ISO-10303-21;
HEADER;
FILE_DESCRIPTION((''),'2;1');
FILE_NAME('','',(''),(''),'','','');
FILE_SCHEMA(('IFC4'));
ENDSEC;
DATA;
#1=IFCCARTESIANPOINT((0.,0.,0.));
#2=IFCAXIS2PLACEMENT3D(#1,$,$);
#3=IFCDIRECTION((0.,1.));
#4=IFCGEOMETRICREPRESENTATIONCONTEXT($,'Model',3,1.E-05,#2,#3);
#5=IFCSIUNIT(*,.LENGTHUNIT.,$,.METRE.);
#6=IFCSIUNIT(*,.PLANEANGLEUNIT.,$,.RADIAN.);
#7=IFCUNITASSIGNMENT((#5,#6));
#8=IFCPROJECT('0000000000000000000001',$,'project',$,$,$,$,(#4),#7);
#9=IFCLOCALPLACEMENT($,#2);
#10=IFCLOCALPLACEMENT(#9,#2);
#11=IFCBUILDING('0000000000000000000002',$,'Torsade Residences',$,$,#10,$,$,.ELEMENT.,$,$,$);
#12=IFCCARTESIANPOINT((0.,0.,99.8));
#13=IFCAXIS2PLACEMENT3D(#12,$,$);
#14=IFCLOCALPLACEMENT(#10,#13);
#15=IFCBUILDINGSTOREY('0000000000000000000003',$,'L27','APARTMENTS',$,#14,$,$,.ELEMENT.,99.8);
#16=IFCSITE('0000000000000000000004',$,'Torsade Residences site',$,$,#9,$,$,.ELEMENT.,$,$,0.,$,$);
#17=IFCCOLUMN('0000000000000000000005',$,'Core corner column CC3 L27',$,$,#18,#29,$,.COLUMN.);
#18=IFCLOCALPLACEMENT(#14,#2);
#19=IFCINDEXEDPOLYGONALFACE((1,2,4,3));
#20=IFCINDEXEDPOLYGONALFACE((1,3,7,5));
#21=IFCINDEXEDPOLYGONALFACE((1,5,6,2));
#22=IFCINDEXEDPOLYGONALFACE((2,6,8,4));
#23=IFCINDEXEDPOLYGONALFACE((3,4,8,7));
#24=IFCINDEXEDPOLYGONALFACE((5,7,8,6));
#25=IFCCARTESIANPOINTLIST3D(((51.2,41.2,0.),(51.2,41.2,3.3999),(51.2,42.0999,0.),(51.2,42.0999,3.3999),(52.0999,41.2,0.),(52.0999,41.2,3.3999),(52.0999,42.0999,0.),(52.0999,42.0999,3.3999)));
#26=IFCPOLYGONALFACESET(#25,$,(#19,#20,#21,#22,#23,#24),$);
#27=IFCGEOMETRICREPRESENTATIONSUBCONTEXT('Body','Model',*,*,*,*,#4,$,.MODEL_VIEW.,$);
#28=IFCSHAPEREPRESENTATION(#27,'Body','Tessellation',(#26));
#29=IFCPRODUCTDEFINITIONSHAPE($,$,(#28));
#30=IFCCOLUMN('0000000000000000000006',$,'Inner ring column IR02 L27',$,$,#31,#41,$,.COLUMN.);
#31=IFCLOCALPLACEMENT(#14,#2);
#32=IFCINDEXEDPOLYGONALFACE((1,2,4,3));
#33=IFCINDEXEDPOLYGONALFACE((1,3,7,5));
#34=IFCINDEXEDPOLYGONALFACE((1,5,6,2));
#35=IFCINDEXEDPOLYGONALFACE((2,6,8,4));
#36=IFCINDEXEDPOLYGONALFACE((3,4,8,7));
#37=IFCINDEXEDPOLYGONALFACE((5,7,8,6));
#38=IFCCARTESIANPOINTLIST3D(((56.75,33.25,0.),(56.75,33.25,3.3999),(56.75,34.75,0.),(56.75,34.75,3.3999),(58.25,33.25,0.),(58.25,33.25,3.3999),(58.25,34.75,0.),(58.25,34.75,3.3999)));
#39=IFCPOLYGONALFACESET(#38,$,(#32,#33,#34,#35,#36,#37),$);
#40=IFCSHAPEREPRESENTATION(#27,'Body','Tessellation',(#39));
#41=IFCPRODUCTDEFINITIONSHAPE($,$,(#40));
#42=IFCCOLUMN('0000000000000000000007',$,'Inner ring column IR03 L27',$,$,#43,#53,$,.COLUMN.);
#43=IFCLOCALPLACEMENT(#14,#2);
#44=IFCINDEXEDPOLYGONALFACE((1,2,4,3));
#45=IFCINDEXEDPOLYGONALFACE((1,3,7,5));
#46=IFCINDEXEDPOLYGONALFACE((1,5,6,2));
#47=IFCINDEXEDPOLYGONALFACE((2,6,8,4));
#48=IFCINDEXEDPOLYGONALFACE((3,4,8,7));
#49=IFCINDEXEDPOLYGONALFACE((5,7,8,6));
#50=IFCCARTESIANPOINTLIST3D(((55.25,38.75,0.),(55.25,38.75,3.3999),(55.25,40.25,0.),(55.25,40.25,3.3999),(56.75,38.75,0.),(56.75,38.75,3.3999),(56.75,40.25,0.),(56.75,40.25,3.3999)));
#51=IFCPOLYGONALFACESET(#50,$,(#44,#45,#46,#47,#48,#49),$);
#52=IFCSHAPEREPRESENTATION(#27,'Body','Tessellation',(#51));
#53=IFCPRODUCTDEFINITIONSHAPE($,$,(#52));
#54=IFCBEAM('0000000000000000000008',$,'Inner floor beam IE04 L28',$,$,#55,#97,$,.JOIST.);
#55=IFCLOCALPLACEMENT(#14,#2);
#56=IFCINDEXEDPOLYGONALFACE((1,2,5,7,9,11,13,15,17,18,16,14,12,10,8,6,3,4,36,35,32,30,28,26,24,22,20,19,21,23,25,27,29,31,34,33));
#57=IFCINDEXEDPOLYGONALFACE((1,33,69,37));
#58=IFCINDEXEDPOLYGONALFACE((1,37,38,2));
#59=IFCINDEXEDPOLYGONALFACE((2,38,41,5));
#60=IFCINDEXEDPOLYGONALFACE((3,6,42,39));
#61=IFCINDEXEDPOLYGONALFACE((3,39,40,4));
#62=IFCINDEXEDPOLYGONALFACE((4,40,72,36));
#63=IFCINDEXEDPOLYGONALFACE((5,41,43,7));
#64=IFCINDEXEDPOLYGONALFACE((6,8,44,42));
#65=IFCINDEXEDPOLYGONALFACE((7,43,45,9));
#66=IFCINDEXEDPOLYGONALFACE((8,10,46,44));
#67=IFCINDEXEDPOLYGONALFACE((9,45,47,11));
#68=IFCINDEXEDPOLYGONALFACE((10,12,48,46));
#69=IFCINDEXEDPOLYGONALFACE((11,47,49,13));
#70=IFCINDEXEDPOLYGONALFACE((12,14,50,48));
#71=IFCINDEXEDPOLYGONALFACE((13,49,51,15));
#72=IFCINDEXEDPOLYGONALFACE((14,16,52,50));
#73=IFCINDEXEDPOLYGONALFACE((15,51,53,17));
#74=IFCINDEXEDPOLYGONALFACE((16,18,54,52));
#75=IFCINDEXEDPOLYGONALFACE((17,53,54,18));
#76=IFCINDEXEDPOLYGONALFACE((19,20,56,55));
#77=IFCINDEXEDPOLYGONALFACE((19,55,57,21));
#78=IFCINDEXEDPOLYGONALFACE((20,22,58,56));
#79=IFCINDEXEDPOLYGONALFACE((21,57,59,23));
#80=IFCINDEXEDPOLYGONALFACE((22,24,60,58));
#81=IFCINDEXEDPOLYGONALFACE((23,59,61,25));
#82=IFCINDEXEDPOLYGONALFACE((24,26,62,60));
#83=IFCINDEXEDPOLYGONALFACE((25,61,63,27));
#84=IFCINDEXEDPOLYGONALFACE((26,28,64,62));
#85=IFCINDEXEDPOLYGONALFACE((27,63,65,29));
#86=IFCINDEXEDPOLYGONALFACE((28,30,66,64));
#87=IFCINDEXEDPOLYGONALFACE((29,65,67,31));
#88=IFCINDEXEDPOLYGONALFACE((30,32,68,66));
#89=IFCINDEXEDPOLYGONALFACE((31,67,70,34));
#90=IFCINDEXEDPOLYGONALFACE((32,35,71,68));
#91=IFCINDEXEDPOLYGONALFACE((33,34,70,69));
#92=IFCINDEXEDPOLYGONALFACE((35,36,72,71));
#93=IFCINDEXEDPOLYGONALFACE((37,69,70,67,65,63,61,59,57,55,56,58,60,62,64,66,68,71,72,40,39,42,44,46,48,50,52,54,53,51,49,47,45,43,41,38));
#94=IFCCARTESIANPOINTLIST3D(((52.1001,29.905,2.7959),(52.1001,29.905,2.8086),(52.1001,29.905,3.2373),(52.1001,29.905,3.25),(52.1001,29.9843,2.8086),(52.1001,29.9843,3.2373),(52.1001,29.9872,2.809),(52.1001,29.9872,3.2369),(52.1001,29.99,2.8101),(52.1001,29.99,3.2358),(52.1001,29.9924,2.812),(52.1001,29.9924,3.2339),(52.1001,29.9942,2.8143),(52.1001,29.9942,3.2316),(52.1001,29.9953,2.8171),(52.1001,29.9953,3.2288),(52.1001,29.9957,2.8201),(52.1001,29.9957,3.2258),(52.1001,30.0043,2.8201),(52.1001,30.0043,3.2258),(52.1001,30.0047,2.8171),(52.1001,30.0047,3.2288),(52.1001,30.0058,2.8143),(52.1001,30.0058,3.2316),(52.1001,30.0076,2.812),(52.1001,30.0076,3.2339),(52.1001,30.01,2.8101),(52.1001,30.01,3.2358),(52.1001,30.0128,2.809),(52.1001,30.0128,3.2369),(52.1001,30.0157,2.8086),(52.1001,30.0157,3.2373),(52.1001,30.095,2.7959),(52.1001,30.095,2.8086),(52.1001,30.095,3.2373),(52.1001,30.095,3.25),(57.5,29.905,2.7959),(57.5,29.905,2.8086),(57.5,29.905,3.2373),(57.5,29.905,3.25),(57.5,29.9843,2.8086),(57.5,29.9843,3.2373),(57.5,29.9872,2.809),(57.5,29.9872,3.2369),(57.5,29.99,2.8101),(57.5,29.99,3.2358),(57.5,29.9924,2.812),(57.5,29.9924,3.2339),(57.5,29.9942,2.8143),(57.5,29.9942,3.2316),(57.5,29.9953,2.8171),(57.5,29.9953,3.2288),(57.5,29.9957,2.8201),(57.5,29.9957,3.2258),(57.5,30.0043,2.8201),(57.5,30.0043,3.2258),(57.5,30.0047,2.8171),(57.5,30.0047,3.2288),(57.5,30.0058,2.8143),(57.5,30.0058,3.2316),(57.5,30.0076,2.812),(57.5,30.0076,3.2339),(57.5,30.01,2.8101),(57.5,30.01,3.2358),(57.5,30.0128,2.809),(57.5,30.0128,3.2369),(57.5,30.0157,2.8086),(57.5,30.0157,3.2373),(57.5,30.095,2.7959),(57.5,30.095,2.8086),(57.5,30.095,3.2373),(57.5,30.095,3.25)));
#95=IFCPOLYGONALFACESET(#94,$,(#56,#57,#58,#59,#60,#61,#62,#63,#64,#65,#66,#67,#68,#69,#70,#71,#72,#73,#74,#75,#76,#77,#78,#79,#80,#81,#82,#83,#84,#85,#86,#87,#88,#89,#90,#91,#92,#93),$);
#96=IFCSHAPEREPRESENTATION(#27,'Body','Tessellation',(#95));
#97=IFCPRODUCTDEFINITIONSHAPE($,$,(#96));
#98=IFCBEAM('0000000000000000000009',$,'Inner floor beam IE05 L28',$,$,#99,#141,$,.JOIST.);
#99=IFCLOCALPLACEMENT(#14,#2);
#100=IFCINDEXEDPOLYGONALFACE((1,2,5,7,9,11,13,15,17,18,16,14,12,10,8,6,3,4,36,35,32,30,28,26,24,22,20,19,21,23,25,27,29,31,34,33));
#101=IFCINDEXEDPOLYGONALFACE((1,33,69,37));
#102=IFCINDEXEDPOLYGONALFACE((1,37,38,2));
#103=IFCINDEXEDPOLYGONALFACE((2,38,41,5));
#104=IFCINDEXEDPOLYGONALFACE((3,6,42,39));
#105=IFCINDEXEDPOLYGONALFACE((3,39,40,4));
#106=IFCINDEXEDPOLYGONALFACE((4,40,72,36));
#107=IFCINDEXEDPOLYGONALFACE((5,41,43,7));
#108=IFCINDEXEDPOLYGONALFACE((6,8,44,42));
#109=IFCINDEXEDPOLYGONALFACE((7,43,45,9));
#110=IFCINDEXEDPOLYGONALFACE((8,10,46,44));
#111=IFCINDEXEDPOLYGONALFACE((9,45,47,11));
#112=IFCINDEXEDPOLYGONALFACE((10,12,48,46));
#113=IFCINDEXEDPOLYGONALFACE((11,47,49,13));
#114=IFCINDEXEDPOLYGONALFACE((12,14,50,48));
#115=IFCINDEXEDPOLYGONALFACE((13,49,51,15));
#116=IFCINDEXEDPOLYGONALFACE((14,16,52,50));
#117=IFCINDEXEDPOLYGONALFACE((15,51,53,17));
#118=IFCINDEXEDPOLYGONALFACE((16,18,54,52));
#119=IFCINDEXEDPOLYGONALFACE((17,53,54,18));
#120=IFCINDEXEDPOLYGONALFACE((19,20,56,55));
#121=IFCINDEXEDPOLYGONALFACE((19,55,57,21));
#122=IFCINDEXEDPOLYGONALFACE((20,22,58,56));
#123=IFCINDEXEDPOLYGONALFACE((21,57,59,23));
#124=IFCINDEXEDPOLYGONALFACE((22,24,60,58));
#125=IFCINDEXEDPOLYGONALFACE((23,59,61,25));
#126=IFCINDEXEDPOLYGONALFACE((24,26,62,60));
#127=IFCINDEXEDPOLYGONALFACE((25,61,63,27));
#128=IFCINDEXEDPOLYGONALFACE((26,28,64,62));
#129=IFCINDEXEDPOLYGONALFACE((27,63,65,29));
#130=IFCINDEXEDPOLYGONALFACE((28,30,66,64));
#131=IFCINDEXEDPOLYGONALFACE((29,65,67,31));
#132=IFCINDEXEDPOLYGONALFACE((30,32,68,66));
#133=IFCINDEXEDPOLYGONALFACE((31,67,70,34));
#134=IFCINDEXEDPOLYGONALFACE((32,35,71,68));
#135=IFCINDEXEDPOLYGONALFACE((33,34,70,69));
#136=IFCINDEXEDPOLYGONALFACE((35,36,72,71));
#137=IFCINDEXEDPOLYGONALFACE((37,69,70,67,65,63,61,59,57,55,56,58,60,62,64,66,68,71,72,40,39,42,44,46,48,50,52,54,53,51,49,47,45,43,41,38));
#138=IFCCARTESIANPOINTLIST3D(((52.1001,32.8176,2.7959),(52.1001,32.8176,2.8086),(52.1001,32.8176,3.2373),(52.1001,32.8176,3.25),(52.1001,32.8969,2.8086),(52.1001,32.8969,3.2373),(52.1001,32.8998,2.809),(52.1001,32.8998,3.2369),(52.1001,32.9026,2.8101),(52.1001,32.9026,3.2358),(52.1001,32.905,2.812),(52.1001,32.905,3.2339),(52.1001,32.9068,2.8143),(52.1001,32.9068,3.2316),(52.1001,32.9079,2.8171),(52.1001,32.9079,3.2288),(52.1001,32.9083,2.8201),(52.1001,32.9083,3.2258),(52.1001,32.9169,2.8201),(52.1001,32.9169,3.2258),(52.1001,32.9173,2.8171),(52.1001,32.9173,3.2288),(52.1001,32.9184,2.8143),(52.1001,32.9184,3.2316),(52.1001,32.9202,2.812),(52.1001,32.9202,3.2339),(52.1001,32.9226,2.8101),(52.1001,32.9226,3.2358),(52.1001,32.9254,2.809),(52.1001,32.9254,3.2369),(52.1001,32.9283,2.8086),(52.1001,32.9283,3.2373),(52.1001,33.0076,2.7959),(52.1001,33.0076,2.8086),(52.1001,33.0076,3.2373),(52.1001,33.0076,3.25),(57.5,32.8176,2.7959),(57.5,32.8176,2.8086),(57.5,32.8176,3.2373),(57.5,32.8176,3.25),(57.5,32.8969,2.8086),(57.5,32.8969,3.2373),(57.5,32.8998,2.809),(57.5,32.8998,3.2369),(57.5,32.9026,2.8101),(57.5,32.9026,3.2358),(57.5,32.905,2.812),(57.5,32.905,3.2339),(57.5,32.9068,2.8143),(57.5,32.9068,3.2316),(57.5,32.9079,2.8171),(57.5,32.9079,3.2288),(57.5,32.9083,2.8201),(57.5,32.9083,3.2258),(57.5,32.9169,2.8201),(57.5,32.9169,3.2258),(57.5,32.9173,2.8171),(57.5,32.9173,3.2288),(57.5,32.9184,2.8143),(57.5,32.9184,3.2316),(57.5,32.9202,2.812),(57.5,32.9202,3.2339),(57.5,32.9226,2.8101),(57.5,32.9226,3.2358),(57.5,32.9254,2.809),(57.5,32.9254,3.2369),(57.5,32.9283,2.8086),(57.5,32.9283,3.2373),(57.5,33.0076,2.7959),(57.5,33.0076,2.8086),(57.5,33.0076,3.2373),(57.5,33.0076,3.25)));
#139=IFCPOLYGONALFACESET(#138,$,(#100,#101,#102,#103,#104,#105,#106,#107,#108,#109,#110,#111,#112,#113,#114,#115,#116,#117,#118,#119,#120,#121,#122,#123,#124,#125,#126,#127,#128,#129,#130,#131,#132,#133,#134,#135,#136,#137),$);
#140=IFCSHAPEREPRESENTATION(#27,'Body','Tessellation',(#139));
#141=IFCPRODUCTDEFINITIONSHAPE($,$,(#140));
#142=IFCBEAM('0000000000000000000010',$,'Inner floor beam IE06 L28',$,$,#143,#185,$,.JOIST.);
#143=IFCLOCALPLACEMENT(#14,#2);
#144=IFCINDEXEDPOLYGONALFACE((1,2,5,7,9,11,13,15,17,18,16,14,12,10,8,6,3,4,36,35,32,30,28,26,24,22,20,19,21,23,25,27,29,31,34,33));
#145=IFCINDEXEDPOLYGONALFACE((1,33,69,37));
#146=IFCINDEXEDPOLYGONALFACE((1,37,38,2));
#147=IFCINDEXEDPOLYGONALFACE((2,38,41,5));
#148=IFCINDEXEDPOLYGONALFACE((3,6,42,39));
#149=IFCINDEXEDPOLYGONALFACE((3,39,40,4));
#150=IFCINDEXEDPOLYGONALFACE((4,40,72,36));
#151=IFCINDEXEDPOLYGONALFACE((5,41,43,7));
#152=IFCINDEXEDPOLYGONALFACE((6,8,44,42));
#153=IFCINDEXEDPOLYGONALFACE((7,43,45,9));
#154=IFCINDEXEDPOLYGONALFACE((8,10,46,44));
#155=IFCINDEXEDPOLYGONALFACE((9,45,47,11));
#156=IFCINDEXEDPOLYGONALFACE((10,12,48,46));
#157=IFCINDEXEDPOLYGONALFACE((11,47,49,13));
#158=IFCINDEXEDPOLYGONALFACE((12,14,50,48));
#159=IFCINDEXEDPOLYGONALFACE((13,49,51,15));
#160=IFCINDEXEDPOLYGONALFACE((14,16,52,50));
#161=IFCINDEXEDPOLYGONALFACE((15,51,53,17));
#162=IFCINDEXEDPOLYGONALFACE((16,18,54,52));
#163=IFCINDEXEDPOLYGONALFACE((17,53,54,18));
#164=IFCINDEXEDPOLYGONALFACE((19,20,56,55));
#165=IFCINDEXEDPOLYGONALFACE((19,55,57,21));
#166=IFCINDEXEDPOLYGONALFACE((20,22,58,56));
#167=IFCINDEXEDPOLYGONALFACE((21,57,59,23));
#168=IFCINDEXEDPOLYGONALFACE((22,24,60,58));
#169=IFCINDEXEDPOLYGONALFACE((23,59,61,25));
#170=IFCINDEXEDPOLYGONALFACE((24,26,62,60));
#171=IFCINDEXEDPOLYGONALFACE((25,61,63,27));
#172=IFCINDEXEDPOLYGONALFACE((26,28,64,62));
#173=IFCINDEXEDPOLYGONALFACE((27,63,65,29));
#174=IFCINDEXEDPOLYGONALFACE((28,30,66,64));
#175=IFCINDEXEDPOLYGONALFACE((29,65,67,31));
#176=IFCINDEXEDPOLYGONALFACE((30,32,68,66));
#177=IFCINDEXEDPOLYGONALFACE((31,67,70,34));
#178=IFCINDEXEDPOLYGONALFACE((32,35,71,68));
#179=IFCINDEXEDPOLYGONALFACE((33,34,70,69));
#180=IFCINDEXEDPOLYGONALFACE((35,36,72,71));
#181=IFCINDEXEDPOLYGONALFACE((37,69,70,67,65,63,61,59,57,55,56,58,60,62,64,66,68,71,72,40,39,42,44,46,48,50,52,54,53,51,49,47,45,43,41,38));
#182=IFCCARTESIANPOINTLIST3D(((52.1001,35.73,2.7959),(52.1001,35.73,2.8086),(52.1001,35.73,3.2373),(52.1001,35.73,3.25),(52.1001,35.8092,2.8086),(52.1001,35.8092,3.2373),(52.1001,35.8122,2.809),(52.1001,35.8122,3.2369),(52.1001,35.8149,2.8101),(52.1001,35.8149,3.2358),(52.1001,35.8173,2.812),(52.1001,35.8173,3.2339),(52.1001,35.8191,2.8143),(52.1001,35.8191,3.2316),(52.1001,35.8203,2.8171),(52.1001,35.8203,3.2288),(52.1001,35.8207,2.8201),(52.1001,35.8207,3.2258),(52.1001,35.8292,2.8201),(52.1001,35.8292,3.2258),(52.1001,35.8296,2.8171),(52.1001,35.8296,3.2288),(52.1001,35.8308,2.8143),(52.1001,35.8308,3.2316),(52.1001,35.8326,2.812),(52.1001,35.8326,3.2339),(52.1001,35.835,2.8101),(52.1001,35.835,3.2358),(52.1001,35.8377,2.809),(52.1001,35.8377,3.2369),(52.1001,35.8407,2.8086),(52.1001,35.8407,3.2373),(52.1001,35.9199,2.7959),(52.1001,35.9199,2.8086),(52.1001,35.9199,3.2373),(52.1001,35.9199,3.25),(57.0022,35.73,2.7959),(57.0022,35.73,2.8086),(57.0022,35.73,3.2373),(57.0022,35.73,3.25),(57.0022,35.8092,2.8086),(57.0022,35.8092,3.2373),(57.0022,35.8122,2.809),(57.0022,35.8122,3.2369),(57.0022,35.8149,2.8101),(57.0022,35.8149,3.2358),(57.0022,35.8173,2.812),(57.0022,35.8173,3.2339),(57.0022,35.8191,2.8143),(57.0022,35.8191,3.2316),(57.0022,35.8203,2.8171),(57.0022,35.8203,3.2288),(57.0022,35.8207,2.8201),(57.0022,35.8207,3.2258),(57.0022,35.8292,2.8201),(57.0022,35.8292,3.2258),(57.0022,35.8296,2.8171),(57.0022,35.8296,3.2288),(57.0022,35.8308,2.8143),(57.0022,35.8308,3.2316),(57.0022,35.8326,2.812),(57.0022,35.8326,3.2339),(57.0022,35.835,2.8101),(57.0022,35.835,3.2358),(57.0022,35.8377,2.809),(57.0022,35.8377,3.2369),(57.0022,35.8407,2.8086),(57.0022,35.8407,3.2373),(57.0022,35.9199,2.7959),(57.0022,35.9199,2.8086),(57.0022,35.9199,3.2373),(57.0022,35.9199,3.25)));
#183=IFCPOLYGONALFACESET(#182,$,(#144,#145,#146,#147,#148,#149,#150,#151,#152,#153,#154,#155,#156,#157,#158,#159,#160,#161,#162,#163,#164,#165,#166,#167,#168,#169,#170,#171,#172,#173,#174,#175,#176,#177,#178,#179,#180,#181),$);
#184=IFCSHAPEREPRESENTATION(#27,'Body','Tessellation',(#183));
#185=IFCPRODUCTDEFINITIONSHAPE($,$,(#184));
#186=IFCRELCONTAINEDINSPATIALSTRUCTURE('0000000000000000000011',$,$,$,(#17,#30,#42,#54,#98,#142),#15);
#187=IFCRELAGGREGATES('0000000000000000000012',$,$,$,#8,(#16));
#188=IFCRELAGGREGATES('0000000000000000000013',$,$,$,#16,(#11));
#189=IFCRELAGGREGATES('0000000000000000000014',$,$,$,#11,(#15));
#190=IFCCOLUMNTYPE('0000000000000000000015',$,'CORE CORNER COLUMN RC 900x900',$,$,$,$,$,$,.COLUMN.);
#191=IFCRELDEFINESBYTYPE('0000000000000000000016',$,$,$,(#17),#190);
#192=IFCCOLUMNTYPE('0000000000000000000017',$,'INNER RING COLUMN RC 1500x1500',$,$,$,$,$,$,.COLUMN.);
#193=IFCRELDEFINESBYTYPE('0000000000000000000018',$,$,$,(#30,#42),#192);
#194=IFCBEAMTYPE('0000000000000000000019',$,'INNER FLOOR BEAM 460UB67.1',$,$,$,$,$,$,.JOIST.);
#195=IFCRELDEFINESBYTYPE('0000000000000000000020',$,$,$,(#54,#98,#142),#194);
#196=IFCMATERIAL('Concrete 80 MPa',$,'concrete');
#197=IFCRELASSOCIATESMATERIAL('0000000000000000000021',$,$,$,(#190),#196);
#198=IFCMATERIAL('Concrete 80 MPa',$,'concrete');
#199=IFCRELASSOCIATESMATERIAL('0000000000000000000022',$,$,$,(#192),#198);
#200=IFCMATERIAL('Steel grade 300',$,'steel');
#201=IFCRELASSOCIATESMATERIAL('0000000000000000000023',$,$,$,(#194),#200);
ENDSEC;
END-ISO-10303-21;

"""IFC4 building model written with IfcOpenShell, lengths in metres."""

from ifc_helpers import new_model, si_unit, direction, frame, origin, origin_2d, place, context, subcontext, project, spatial, rectangle, i_section, extrude, material, material_profile, profile_set, type_object, element, save


model = new_model("IFC4")

# Units and contexts
model_context = context("Model", 3, precision=1e-05, world=origin(), true_north=direction((0.0, 1.0)))
body_context = subcontext(model_context, "Body", "Model", "MODEL_VIEW")
ifc_project = project(units=[si_unit("LENGTHUNIT", "METRE"), si_unit("PLANEANGLEUNIT", "RADIAN")], contexts=[model_context])

# Site, building, storey
site_placement = place(None, origin())
site = spatial("IfcSite", under=ifc_project, at=site_placement, Name="Torsade Residences site", CompositionType="ELEMENT", RefElevation=0.0)
building_placement = place(site_placement, origin())
building = spatial("IfcBuilding", under=site, at=building_placement, Name="Torsade Residences", CompositionType="ELEMENT")
storey_placement = place(building_placement, frame((0.0, 0.0, 99.8)))
storey = spatial("IfcBuildingStorey", under=building, at=storey_placement, Name="L27", Description="APARTMENTS", CompositionType="ELEMENT", Elevation=99.8)

# Columns
ifc_material_1 = material(Name="Concrete 80 MPa", Category="concrete")
ifc_material_profile_1 = material_profile(ifc_material_1, rectangle(XDim=0.8999, YDim=0.8999, at=origin_2d()), Name="RC 900x900")
ifc_profile_set_1 = profile_set([ifc_material_profile_1], Name="Concrete 80 MPa")
column_type_1 = type_object("IfcColumnType", Name="CORE CORNER COLUMN RC 900x900", PredefinedType="COLUMN", material=ifc_profile_set_1)
column_placement = place(storey_placement, frame((51.6499, 41.6499, 0.0), z_axis=(0.0, 0.0, 1.0), x_axis=(1.0, 0.0, 0.0)))
element("IfcColumn", 1, at=column_placement, inside=storey, type_object=column_type_1, Name="Core corner column CC3 L27", PredefinedType="COLUMN", context=body_context, shape_type="SweptSolid", body=[
    extrude(rectangle(XDim=0.8999, YDim=0.8999, at=origin_2d()), origin(), (0.0, 0.0, 1.0), 3.3999),
])
ifc_material_2 = material(Name="Concrete 80 MPa", Category="concrete")
ifc_material_profile_2 = material_profile(ifc_material_2, rectangle(XDim=1.5, YDim=1.5, at=origin_2d()), Name="RC 1500x1500")
ifc_profile_set_2 = profile_set([ifc_material_profile_2], Name="Concrete 80 MPa")
column_type_2 = type_object("IfcColumnType", Name="INNER RING COLUMN RC 1500x1500", PredefinedType="COLUMN", material=ifc_profile_set_2)
for number, where, z_axis, x_axis, name in (
    (2, (57.5, 34.0, 0.0), (0.0, 0.0, 1.0), (1.0, 0.0, 0.0), "Inner ring column IR02 L27"),
    (3, (56.0, 39.5, 0.0), (0.0, 0.0, 1.0), (1.0, 0.0, 0.0), "Inner ring column IR03 L27"),
):
    element("IfcColumn", number, at=place(storey_placement, frame(where, z_axis=z_axis, x_axis=x_axis)), inside=storey, type_object=column_type_2, Name=name, PredefinedType="COLUMN", context=body_context, shape_type="SweptSolid", body=[
        extrude(rectangle(XDim=1.5, YDim=1.5, at=origin_2d()), origin(), (0.0, 0.0, 1.0), 3.3999),
    ])

# Beams
ifc_material_3 = material(Name="Steel grade 300", Category="steel")
ifc_material_profile_3 = material_profile(ifc_material_3, i_section(OverallWidth=0.1899, OverallDepth=0.4541, WebThickness=0.0085, FlangeThickness=0.0127, FilletRadius=0.0115, at=origin_2d()), Name="460UB67.1")
ifc_profile_set_3 = profile_set([ifc_material_profile_3], Name="Steel grade 300")
beam_type_1 = type_object("IfcBeamType", Name="INNER FLOOR BEAM 460UB67.1", PredefinedType="JOIST", material=ifc_profile_set_3)
for number, where, z_axis, x_axis, name in (
    (4, (52.1001, 30.0, 3.0229), (1.0, 0.0, 0.0), (0.0, 1.0, 0.0), "Inner floor beam IE04 L28"),
    (5, (52.1001, 32.9126, 3.0229), (1.0, 0.0, 0.0), (0.0, 1.0, 0.0), "Inner floor beam IE05 L28"),
):
    element("IfcBeam", number, at=place(storey_placement, frame(where, z_axis=z_axis, x_axis=x_axis)), inside=storey, type_object=beam_type_1, Name=name, PredefinedType="JOIST", context=body_context, shape_type="SweptSolid", body=[
        extrude(i_section(OverallWidth=0.1899, OverallDepth=0.4541, WebThickness=0.0085, FlangeThickness=0.0127, FilletRadius=0.0115, at=origin_2d()), origin(), (0.0, 0.0, 1.0), 5.3999),
    ])
beam_1_placement = place(storey_placement, frame((52.1001, 35.825, 3.0229), z_axis=(1.0, 0.0, 0.0), x_axis=(0.0, 1.0, 0.0)))
element("IfcBeam", 6, at=beam_1_placement, inside=storey, type_object=beam_type_1, Name="Inner floor beam IE06 L28", PredefinedType="JOIST", context=body_context, shape_type="SweptSolid", body=[
    extrude(i_section(OverallWidth=0.1899, OverallDepth=0.4541, WebThickness=0.0085, FlangeThickness=0.0127, FilletRadius=0.0115, at=origin_2d()), origin(), (0.0, 0.0, 1.0), 4.9021),
])

save(model, "model.ifc")
